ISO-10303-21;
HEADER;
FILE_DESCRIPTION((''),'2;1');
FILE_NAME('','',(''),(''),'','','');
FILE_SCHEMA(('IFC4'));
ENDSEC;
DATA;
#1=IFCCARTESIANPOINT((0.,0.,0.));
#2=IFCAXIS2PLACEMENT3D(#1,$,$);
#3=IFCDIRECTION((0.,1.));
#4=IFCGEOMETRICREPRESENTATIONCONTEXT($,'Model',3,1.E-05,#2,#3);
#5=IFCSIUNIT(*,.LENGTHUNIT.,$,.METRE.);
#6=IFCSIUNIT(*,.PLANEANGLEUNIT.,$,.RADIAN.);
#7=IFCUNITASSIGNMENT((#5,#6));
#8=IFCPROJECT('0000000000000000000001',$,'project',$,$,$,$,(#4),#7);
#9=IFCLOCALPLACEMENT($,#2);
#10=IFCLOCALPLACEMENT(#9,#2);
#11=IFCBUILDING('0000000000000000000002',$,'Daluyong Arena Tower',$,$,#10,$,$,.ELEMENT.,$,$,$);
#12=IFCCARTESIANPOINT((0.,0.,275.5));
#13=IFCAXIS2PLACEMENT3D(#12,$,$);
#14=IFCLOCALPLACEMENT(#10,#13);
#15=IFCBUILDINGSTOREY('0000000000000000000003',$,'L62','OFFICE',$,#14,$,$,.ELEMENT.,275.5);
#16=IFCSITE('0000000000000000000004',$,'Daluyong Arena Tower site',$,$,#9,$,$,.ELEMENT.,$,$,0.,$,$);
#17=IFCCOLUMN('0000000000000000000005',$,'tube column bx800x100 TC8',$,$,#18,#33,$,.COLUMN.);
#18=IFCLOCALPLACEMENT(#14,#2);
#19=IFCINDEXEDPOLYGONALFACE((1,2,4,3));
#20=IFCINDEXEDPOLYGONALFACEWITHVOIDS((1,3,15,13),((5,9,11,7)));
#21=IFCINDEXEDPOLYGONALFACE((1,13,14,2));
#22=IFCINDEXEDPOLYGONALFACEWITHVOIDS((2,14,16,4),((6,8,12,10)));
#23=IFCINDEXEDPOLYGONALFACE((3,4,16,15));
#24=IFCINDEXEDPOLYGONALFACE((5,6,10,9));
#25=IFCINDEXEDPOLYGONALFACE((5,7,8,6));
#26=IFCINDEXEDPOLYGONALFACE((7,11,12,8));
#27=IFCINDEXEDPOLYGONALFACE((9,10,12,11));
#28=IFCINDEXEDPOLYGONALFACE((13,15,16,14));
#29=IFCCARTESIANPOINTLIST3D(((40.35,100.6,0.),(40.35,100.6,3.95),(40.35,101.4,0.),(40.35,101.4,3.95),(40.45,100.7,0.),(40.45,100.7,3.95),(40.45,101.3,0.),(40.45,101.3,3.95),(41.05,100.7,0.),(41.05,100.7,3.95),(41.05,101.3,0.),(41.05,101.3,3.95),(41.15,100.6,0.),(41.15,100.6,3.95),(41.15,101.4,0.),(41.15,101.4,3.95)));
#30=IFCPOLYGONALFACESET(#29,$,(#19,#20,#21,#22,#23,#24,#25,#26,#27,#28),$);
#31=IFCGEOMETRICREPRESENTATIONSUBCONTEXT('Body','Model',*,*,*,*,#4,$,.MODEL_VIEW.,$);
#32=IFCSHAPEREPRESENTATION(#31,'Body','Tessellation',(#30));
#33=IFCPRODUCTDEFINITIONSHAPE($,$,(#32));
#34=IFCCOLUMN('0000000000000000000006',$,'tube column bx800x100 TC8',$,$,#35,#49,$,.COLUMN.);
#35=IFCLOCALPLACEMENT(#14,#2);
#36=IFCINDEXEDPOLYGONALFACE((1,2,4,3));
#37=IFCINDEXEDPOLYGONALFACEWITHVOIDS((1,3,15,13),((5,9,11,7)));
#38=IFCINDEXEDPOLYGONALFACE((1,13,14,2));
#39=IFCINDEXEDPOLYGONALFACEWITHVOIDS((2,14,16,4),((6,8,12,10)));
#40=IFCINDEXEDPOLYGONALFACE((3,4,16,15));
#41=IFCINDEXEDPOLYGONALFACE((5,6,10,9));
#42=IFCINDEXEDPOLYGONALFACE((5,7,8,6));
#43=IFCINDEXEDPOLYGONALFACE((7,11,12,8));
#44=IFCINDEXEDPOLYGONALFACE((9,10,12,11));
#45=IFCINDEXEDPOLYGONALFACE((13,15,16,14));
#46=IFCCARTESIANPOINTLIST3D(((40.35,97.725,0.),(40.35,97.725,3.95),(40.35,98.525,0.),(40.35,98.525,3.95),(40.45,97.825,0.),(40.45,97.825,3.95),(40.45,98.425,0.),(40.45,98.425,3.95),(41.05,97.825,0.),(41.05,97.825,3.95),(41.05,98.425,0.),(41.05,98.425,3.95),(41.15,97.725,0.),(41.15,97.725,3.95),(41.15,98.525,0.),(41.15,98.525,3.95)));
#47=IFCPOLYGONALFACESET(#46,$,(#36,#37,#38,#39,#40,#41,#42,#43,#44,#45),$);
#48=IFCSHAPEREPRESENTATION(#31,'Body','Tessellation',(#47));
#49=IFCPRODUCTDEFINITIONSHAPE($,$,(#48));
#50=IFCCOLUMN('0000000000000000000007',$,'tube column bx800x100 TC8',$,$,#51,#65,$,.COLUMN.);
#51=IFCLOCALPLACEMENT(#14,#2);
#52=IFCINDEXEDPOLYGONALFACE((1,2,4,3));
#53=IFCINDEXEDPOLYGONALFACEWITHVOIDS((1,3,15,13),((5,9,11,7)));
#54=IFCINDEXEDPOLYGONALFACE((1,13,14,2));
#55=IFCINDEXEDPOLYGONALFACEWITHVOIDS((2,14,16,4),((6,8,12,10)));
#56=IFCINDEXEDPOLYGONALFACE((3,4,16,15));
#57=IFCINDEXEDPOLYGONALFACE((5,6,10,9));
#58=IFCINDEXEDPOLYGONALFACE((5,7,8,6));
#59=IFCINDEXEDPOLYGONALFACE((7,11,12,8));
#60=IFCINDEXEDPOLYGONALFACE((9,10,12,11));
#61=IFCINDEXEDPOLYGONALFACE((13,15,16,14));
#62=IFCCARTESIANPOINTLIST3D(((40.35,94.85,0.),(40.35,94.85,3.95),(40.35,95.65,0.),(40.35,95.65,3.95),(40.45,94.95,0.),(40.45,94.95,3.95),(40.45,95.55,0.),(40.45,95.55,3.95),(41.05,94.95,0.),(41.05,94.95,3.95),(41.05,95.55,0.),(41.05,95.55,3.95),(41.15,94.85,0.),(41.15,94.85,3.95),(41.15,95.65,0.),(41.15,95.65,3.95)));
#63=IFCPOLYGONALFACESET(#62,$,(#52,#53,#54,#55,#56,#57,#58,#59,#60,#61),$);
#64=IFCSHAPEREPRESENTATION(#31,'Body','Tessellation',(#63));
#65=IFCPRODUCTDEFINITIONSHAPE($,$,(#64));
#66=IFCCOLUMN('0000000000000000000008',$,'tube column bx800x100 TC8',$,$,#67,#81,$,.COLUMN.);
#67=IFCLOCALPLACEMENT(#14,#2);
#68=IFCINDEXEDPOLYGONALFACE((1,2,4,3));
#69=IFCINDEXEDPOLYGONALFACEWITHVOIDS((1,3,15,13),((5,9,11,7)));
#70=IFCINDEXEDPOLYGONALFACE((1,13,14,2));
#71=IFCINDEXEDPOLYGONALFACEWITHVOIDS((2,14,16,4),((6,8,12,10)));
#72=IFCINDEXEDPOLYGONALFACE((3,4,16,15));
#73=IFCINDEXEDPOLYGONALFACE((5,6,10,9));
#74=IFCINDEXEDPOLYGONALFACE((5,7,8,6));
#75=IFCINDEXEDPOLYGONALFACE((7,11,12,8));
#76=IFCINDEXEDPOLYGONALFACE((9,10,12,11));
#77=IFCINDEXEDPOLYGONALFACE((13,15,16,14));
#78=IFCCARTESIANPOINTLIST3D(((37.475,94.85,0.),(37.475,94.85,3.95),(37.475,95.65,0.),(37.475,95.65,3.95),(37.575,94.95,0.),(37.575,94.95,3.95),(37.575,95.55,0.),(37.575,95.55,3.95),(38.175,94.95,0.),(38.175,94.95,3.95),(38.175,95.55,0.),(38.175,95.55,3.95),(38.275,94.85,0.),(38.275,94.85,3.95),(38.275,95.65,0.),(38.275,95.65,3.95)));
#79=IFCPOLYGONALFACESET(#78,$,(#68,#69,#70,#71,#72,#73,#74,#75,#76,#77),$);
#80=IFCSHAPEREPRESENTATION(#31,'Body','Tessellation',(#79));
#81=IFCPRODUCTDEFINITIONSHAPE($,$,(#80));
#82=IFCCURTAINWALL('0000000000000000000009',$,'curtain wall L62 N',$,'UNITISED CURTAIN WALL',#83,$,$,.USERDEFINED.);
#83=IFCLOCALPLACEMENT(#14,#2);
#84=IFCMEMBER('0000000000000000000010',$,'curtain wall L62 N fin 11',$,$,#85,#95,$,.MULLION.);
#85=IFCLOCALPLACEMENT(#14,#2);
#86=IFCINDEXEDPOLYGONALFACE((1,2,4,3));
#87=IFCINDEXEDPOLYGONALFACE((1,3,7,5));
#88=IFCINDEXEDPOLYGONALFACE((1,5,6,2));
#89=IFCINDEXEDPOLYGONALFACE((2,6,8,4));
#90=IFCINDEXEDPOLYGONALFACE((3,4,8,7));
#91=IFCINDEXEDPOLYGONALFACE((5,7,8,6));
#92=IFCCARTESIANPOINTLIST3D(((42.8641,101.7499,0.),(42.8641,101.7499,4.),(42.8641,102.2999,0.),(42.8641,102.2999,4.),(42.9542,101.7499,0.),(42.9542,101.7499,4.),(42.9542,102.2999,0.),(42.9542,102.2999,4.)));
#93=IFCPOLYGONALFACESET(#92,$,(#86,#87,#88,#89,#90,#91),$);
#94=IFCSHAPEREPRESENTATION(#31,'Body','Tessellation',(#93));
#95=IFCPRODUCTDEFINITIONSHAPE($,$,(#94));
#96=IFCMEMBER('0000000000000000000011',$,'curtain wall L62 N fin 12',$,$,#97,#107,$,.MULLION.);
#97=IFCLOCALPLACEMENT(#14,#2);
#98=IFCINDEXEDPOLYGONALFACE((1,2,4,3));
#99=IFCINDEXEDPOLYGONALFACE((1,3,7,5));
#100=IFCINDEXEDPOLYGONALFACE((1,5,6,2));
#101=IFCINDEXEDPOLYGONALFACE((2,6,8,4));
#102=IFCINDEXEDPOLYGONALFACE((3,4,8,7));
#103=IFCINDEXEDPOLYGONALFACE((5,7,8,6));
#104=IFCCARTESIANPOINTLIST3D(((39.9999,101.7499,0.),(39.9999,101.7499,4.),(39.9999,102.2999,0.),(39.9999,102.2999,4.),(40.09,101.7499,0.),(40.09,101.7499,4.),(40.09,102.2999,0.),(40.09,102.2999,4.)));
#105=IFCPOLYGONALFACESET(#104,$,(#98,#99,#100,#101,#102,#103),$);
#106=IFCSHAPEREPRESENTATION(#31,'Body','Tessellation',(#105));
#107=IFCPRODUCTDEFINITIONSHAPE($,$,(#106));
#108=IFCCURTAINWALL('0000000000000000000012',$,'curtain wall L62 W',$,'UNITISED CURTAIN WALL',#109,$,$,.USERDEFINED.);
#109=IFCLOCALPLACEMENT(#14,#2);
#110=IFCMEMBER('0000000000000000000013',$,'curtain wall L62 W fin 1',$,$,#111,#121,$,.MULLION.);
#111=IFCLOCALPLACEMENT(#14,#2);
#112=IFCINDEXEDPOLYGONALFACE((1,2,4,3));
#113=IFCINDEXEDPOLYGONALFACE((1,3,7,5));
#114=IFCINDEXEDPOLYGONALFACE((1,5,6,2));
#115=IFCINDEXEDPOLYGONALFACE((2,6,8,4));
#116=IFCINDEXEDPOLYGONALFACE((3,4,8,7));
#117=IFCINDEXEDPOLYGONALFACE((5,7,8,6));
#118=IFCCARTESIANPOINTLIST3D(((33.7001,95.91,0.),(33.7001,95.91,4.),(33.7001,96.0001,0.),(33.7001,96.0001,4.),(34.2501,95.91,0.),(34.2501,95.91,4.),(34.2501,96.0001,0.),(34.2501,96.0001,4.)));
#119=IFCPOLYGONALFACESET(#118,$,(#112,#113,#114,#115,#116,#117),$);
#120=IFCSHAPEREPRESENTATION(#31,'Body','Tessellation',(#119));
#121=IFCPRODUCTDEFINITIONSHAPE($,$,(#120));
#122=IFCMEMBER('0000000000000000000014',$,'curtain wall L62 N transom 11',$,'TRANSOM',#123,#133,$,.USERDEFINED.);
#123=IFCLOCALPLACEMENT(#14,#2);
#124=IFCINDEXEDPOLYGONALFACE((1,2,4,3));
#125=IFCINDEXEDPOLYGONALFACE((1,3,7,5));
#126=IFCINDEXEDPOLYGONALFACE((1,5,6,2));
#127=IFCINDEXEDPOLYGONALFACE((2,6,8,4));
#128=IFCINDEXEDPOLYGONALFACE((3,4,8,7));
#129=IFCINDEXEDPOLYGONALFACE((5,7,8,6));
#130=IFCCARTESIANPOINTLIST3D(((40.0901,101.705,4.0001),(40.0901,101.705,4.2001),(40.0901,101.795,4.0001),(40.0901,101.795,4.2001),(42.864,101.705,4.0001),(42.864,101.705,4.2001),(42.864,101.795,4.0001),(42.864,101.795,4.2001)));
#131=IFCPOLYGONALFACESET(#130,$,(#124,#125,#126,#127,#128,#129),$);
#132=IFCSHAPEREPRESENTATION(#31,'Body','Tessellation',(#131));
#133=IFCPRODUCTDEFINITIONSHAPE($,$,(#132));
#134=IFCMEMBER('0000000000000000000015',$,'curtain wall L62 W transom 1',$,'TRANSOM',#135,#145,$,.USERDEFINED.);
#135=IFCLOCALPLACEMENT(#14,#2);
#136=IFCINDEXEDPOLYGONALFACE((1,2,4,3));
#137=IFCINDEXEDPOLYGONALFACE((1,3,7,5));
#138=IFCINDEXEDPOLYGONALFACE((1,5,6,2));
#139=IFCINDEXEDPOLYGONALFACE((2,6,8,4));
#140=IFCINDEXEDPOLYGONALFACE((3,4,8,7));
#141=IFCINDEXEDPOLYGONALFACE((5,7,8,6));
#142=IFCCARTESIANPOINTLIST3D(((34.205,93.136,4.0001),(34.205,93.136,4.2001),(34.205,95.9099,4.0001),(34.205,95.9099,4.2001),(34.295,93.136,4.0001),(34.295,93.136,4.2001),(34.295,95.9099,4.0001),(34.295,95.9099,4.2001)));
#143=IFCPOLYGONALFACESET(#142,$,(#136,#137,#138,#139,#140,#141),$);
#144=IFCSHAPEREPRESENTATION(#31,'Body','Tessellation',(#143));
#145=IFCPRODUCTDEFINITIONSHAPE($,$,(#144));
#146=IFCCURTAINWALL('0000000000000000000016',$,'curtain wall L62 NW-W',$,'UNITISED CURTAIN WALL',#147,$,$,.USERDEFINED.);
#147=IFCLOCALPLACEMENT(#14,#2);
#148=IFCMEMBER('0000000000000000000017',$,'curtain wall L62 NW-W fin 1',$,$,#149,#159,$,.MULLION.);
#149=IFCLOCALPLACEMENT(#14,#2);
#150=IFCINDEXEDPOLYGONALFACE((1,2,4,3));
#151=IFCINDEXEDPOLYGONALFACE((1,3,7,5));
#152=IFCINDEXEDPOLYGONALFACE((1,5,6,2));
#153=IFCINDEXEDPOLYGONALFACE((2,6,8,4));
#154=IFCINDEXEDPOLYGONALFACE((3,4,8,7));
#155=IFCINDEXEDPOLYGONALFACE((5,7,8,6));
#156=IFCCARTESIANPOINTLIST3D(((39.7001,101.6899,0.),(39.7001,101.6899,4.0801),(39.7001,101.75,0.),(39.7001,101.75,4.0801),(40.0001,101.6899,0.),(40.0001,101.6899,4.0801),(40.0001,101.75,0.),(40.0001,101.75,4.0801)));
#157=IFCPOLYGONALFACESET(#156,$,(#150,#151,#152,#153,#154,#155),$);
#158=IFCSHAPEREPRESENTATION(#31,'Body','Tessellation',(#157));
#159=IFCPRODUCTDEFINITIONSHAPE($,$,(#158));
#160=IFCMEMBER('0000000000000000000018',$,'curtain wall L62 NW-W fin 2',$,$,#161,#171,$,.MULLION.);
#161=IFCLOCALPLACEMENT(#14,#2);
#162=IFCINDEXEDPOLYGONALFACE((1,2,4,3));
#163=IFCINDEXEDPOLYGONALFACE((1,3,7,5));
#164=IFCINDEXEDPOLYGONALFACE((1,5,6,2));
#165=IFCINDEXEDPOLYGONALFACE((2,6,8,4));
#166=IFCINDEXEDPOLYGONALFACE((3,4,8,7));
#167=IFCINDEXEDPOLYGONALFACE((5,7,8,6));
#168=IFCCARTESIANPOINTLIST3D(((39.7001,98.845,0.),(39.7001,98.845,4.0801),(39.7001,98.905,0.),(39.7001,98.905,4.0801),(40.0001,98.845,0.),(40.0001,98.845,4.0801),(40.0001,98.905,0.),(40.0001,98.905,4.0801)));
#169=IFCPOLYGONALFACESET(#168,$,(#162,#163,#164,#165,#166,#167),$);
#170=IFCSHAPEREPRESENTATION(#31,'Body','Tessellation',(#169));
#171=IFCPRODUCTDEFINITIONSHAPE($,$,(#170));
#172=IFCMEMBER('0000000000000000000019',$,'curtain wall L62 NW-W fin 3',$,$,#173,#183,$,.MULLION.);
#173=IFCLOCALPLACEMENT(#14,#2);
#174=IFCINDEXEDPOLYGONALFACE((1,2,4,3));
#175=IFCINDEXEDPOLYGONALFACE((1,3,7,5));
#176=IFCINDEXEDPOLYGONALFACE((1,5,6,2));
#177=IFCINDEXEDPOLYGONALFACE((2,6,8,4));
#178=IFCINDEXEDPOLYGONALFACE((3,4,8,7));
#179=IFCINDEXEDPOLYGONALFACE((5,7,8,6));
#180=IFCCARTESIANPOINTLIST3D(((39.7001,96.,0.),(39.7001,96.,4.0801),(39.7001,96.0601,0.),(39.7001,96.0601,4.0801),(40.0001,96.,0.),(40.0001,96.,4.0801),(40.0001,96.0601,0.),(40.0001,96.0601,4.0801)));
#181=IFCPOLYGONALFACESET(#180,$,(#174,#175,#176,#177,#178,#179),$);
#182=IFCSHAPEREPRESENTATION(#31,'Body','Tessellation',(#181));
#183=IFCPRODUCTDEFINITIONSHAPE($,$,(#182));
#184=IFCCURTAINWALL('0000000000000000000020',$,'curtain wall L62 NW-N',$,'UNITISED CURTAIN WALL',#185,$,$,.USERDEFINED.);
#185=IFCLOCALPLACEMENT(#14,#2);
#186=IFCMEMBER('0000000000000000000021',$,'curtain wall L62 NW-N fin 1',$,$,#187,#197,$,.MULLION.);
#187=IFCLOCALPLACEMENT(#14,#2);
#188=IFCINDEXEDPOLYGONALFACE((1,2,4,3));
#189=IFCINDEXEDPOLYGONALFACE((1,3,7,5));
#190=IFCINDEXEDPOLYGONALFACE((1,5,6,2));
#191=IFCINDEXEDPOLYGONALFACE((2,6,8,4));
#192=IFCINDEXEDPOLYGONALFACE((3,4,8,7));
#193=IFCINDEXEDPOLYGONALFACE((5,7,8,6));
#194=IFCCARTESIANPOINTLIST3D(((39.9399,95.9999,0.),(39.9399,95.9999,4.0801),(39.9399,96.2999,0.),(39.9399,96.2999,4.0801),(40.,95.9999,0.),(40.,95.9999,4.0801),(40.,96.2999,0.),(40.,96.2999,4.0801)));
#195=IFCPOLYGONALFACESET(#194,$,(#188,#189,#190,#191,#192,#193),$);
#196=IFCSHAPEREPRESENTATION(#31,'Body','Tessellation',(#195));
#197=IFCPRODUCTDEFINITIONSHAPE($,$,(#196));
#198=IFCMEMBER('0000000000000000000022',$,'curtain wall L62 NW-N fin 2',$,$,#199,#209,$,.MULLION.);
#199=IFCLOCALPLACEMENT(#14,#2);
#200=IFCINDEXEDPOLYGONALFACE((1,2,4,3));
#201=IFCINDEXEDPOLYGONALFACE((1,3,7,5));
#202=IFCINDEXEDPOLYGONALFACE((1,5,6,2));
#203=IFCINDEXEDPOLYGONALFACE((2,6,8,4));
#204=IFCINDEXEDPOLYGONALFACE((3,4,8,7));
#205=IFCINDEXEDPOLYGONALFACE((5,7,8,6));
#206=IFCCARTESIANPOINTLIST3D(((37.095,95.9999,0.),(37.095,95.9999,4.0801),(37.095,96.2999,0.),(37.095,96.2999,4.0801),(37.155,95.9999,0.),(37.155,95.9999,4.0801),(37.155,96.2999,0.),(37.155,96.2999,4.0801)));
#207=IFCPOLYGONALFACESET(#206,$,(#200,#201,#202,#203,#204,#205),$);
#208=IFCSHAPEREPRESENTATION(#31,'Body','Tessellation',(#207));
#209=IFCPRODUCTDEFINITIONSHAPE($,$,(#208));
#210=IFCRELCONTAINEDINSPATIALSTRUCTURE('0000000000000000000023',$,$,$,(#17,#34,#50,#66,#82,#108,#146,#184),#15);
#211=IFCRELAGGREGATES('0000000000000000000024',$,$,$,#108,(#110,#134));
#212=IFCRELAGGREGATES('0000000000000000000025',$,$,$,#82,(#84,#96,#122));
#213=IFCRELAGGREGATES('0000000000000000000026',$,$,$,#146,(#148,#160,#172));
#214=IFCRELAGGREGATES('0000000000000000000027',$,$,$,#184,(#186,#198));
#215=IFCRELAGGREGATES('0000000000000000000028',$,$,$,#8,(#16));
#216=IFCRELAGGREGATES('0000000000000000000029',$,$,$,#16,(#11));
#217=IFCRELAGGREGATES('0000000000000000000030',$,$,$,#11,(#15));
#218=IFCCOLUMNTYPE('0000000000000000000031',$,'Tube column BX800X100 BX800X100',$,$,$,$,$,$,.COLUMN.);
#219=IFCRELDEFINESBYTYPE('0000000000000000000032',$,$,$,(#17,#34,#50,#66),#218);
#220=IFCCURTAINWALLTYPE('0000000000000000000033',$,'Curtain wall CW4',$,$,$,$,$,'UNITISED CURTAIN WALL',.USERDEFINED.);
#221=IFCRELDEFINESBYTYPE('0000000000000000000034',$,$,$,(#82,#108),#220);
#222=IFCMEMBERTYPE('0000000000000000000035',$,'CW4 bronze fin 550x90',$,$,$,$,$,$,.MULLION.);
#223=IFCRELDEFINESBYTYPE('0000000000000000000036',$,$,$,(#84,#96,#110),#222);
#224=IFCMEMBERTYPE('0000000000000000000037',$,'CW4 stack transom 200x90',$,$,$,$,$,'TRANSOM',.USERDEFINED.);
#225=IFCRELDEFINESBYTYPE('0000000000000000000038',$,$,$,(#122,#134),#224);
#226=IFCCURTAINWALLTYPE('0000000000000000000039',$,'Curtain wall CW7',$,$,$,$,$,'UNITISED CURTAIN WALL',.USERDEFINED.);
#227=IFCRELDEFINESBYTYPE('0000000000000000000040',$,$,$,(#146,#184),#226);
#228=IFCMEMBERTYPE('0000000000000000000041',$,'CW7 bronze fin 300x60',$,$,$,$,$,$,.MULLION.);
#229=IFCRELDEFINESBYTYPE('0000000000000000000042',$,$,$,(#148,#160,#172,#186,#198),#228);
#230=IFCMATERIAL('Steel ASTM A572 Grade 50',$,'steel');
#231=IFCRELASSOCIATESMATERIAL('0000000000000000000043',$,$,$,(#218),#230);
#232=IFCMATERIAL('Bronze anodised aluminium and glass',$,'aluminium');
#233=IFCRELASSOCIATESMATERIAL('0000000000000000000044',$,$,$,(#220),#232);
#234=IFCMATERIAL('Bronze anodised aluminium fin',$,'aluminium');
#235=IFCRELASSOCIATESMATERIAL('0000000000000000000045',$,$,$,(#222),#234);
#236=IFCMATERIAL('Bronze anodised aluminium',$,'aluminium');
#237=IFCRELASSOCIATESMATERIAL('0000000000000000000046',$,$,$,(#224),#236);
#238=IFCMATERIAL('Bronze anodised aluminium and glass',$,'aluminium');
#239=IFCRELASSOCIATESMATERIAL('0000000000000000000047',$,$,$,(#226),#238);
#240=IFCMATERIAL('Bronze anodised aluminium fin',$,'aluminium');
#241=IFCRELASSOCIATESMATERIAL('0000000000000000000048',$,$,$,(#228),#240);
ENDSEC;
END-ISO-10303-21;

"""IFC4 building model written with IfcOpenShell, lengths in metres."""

from ifc_helpers import new_model, si_unit, direction, frame, origin, origin_2d, place, context, subcontext, project, spatial, rectangle, hollow_rectangle, extrude, material, material_profile, profile_set, type_object, element, aggregate, save


model = new_model("IFC4")

# Units and contexts
model_context = context("Model", 3, precision=1e-05, world=origin(), true_north=direction((0.0, 1.0)))
body_context = subcontext(model_context, "Body", "Model", "MODEL_VIEW")
ifc_project = project(units=[si_unit("LENGTHUNIT", "METRE"), si_unit("PLANEANGLEUNIT", "RADIAN")], contexts=[model_context])

# Site, building, storey
site_placement = place(None, origin())
site = spatial("IfcSite", under=ifc_project, at=site_placement, Name="Daluyong Arena Tower site", CompositionType="ELEMENT", RefElevation=0.0)
building_placement = place(site_placement, origin())
building = spatial("IfcBuilding", under=site, at=building_placement, Name="Daluyong Arena Tower", CompositionType="ELEMENT")
storey_placement = place(building_placement, frame((0.0, 0.0, 275.5)))
storey = spatial("IfcBuildingStorey", under=building, at=storey_placement, Name="L62", Description="OFFICE", CompositionType="ELEMENT", Elevation=275.5)

# Columns
ifc_material_1 = material(Name="Steel ASTM A572 Grade 50", Category="steel")
ifc_material_profile_1 = material_profile(ifc_material_1, hollow_rectangle(XDim=0.8, YDim=0.8, WallThickness=0.1, at=origin_2d()))
ifc_profile_set_1 = profile_set([ifc_material_profile_1], Name="Steel ASTM A572 Grade 50")
column_type = type_object("IfcColumnType", Name="Tube column BX800X100 BX800X100", PredefinedType="COLUMN", material=ifc_profile_set_1)
for number, where, z_axis, x_axis, name in (
    (1, (40.75, 101.0, 0.0), (0.0, 0.0, 1.0), (0.0, 1.0, 0.0), "tube column bx800x100 TC8"),
    (2, (40.75, 98.125, 0.0), (0.0, 0.0, 1.0), (0.0, 1.0, 0.0), "tube column bx800x100 TC8"),
    (3, (40.75, 95.25, 0.0), (0.0, 0.0, 1.0), (1.0, 0.0, 0.0), "tube column bx800x100 TC8"),
    (4, (37.875, 95.25, 0.0), (0.0, 0.0, 1.0), (1.0, 0.0, 0.0), "tube column bx800x100 TC8"),
):
    element("IfcColumn", number, at=place(storey_placement, frame(where, z_axis=z_axis, x_axis=x_axis)), inside=storey, type_object=column_type, Name=name, PredefinedType="COLUMN", context=body_context, shape_type="SweptSolid", body=[
        extrude(hollow_rectangle(XDim=0.8, YDim=0.8, WallThickness=0.1, at=origin_2d()), origin(), (0.0, 0.0, 1.0), 3.95),
    ])

# Curtain wall, members
ifc_material_2 = material(Name="Bronze anodised aluminium and glass", Category="aluminium")
curtain_wall_type_1 = type_object("IfcCurtainWallType", Name="Curtain wall CW4", ElementType="UNITISED CURTAIN WALL", PredefinedType="USERDEFINED", material=ifc_material_2)
curtain_wall_1_placement = place(storey_placement, origin())
curtain_wall_1 = element("IfcCurtainWall", 5, at=curtain_wall_1_placement, inside=storey, type_object=curtain_wall_type_1, Name="curtain wall L62 N", ObjectType="UNITISED CURTAIN WALL", PredefinedType="USERDEFINED")
ifc_material_3 = material(Name="Bronze anodised aluminium fin", Category="aluminium")
ifc_material_profile_2 = material_profile(ifc_material_3, rectangle(XDim=0.55, YDim=0.0901, at=origin_2d()))
ifc_profile_set_2 = profile_set([ifc_material_profile_2], Name="Bronze anodised aluminium fin")
member_type_1 = type_object("IfcMemberType", Name="CW4 bronze fin 550x90", PredefinedType="MULLION", material=ifc_profile_set_2)
member_1_placement = place(storey_placement, frame((42.9092, 102.0249, 0.0), z_axis=(0.0, 0.0, 1.0), x_axis=(0.0, -1.0, 0.0)))
member_1 = element("IfcMember", 6, at=member_1_placement, type_object=member_type_1, Name="curtain wall L62 N fin 11", PredefinedType="MULLION", context=body_context, shape_type="SweptSolid", body=[
    extrude(rectangle(XDim=0.55, YDim=0.0901, at=origin_2d()), origin(), (0.0, 0.0, 1.0), 4.0),
])
member_2_placement = place(storey_placement, frame((40.0449, 102.0249, 0.0), z_axis=(0.0, 0.0, 1.0), x_axis=(0.0, -1.0, 0.0)))
member_2 = element("IfcMember", 7, at=member_2_placement, type_object=member_type_1, Name="curtain wall L62 N fin 12", PredefinedType="MULLION", context=body_context, shape_type="SweptSolid", body=[
    extrude(rectangle(XDim=0.55, YDim=0.0901, at=origin_2d()), origin(), (0.0, 0.0, 1.0), 4.0),
])

# Curtain wall, member
curtain_wall_2_placement = place(storey_placement, origin())
curtain_wall_2 = element("IfcCurtainWall", 8, at=curtain_wall_2_placement, inside=storey, type_object=curtain_wall_type_1, Name="curtain wall L62 W", ObjectType="UNITISED CURTAIN WALL", PredefinedType="USERDEFINED")
member_3_placement = place(storey_placement, frame((33.9751, 95.9551, 0.0), z_axis=(0.0, 0.0, 1.0), x_axis=(1.0, 0.0, 0.0)))
member_3 = element("IfcMember", 9, at=member_3_placement, type_object=member_type_1, Name="curtain wall L62 W fin 1", PredefinedType="MULLION", context=body_context, shape_type="SweptSolid", body=[
    extrude(rectangle(XDim=0.55, YDim=0.0901, at=origin_2d()), origin(), (0.0, 0.0, 1.0), 4.0),
])

# Members
ifc_material_4 = material(Name="Bronze anodised aluminium", Category="aluminium")
ifc_material_profile_3 = material_profile(ifc_material_4, rectangle(XDim=0.0901, YDim=0.2, at=origin_2d()))
ifc_profile_set_3 = profile_set([ifc_material_profile_3], Name="Bronze anodised aluminium")
member_type_2 = type_object("IfcMemberType", Name="CW4 stack transom 200x90", ElementType="TRANSOM", PredefinedType="USERDEFINED", material=ifc_profile_set_3)
member_4_placement = place(storey_placement, frame((42.864, 101.75, 4.1001), z_axis=(-1.0, 0.0, 0.0), x_axis=(0.0, -1.0, 0.0)))
member_4 = element("IfcMember", 10, at=member_4_placement, type_object=member_type_2, Name="curtain wall L62 N transom 11", ObjectType="TRANSOM", PredefinedType="USERDEFINED", context=body_context, shape_type="SweptSolid", body=[
    extrude(rectangle(XDim=0.0901, YDim=0.2, at=origin_2d()), origin(), (0.0, 0.0, 1.0), 2.7739),
])
member_5_placement = place(storey_placement, frame((34.25, 95.9099, 4.1001), z_axis=(0.0, -1.0, 0.0), x_axis=(1.0, 0.0, 0.0)))
member_5 = element("IfcMember", 11, at=member_5_placement, type_object=member_type_2, Name="curtain wall L62 W transom 1", ObjectType="TRANSOM", PredefinedType="USERDEFINED", context=body_context, shape_type="SweptSolid", body=[
    extrude(rectangle(XDim=0.0901, YDim=0.2, at=origin_2d()), origin(), (0.0, 0.0, 1.0), 2.7739),
])
aggregate(curtain_wall_2, [member_3, member_5])

# Curtain walls, members
ifc_material_5 = material(Name="Bronze anodised aluminium and glass", Category="aluminium")
curtain_wall_type_2 = type_object("IfcCurtainWallType", Name="Curtain wall CW7", ElementType="UNITISED CURTAIN WALL", PredefinedType="USERDEFINED", material=ifc_material_5)
curtain_wall_3_placement = place(storey_placement, origin())
curtain_wall_3 = element("IfcCurtainWall", 12, at=curtain_wall_3_placement, inside=storey, type_object=curtain_wall_type_2, Name="curtain wall L62 NW-W", ObjectType="UNITISED CURTAIN WALL", PredefinedType="USERDEFINED")
ifc_material_6 = material(Name="Bronze anodised aluminium fin", Category="aluminium")
ifc_material_profile_4 = material_profile(ifc_material_6, rectangle(XDim=0.3, YDim=0.0601, at=origin_2d()))
ifc_profile_set_4 = profile_set([ifc_material_profile_4], Name="Bronze anodised aluminium fin")
member_type_3 = type_object("IfcMemberType", Name="CW7 bronze fin 300x60", PredefinedType="MULLION", material=ifc_profile_set_4)
member_6_placement = place(storey_placement, frame((39.8501, 101.72, 0.0), z_axis=(0.0, 0.0, 1.0), x_axis=(1.0, 0.0, 0.0)))
member_6 = element("IfcMember", 13, at=member_6_placement, type_object=member_type_3, Name="curtain wall L62 NW-W fin 1", PredefinedType="MULLION", context=body_context, shape_type="SweptSolid", body=[
    extrude(rectangle(XDim=0.3, YDim=0.0601, at=origin_2d()), origin(), (0.0, 0.0, 1.0), 4.0801),
])
member_7_placement = place(storey_placement, frame((39.8501, 98.875, 0.0), z_axis=(0.0, 0.0, 1.0), x_axis=(1.0, 0.0, 0.0)))
member_7 = element("IfcMember", 14, at=member_7_placement, type_object=member_type_3, Name="curtain wall L62 NW-W fin 2", PredefinedType="MULLION", context=body_context, shape_type="SweptSolid", body=[
    extrude(rectangle(XDim=0.3, YDim=0.0601, at=origin_2d()), origin(), (0.0, 0.0, 1.0), 4.0801),
])
member_8_placement = place(storey_placement, frame((39.8501, 96.03, 0.0), z_axis=(0.0, 0.0, 1.0), x_axis=(1.0, 0.0, 0.0)))
member_8 = element("IfcMember", 15, at=member_8_placement, type_object=member_type_3, Name="curtain wall L62 NW-W fin 3", PredefinedType="MULLION", context=body_context, shape_type="SweptSolid", body=[
    extrude(rectangle(XDim=0.3, YDim=0.0601, at=origin_2d()), origin(), (0.0, 0.0, 1.0), 4.0801),
])
curtain_wall_4_placement = place(storey_placement, origin())
curtain_wall_4 = element("IfcCurtainWall", 16, at=curtain_wall_4_placement, inside=storey, type_object=curtain_wall_type_2, Name="curtain wall L62 NW-N", ObjectType="UNITISED CURTAIN WALL", PredefinedType="USERDEFINED")
member_9_placement = place(storey_placement, frame((39.97, 96.1499, 0.0), z_axis=(0.0, 0.0, 1.0), x_axis=(0.0, -1.0, 0.0)))
member_9 = element("IfcMember", 17, at=member_9_placement, type_object=member_type_3, Name="curtain wall L62 NW-N fin 1", PredefinedType="MULLION", context=body_context, shape_type="SweptSolid", body=[
    extrude(rectangle(XDim=0.3, YDim=0.0601, at=origin_2d()), origin(), (0.0, 0.0, 1.0), 4.0801),
])
member_10_placement = place(storey_placement, frame((37.125, 96.1499, 0.0), z_axis=(0.0, 0.0, 1.0), x_axis=(0.0, -1.0, 0.0)))
member_10 = element("IfcMember", 18, at=member_10_placement, type_object=member_type_3, Name="curtain wall L62 NW-N fin 2", PredefinedType="MULLION", context=body_context, shape_type="SweptSolid", body=[
    extrude(rectangle(XDim=0.3, YDim=0.0601, at=origin_2d()), origin(), (0.0, 0.0, 1.0), 4.0801),
])

aggregate(curtain_wall_1, [member_1, member_2, member_4])
aggregate(curtain_wall_3, [member_6, member_7, member_8])
aggregate(curtain_wall_4, [member_9, member_10])

save(model, "model.ifc")
